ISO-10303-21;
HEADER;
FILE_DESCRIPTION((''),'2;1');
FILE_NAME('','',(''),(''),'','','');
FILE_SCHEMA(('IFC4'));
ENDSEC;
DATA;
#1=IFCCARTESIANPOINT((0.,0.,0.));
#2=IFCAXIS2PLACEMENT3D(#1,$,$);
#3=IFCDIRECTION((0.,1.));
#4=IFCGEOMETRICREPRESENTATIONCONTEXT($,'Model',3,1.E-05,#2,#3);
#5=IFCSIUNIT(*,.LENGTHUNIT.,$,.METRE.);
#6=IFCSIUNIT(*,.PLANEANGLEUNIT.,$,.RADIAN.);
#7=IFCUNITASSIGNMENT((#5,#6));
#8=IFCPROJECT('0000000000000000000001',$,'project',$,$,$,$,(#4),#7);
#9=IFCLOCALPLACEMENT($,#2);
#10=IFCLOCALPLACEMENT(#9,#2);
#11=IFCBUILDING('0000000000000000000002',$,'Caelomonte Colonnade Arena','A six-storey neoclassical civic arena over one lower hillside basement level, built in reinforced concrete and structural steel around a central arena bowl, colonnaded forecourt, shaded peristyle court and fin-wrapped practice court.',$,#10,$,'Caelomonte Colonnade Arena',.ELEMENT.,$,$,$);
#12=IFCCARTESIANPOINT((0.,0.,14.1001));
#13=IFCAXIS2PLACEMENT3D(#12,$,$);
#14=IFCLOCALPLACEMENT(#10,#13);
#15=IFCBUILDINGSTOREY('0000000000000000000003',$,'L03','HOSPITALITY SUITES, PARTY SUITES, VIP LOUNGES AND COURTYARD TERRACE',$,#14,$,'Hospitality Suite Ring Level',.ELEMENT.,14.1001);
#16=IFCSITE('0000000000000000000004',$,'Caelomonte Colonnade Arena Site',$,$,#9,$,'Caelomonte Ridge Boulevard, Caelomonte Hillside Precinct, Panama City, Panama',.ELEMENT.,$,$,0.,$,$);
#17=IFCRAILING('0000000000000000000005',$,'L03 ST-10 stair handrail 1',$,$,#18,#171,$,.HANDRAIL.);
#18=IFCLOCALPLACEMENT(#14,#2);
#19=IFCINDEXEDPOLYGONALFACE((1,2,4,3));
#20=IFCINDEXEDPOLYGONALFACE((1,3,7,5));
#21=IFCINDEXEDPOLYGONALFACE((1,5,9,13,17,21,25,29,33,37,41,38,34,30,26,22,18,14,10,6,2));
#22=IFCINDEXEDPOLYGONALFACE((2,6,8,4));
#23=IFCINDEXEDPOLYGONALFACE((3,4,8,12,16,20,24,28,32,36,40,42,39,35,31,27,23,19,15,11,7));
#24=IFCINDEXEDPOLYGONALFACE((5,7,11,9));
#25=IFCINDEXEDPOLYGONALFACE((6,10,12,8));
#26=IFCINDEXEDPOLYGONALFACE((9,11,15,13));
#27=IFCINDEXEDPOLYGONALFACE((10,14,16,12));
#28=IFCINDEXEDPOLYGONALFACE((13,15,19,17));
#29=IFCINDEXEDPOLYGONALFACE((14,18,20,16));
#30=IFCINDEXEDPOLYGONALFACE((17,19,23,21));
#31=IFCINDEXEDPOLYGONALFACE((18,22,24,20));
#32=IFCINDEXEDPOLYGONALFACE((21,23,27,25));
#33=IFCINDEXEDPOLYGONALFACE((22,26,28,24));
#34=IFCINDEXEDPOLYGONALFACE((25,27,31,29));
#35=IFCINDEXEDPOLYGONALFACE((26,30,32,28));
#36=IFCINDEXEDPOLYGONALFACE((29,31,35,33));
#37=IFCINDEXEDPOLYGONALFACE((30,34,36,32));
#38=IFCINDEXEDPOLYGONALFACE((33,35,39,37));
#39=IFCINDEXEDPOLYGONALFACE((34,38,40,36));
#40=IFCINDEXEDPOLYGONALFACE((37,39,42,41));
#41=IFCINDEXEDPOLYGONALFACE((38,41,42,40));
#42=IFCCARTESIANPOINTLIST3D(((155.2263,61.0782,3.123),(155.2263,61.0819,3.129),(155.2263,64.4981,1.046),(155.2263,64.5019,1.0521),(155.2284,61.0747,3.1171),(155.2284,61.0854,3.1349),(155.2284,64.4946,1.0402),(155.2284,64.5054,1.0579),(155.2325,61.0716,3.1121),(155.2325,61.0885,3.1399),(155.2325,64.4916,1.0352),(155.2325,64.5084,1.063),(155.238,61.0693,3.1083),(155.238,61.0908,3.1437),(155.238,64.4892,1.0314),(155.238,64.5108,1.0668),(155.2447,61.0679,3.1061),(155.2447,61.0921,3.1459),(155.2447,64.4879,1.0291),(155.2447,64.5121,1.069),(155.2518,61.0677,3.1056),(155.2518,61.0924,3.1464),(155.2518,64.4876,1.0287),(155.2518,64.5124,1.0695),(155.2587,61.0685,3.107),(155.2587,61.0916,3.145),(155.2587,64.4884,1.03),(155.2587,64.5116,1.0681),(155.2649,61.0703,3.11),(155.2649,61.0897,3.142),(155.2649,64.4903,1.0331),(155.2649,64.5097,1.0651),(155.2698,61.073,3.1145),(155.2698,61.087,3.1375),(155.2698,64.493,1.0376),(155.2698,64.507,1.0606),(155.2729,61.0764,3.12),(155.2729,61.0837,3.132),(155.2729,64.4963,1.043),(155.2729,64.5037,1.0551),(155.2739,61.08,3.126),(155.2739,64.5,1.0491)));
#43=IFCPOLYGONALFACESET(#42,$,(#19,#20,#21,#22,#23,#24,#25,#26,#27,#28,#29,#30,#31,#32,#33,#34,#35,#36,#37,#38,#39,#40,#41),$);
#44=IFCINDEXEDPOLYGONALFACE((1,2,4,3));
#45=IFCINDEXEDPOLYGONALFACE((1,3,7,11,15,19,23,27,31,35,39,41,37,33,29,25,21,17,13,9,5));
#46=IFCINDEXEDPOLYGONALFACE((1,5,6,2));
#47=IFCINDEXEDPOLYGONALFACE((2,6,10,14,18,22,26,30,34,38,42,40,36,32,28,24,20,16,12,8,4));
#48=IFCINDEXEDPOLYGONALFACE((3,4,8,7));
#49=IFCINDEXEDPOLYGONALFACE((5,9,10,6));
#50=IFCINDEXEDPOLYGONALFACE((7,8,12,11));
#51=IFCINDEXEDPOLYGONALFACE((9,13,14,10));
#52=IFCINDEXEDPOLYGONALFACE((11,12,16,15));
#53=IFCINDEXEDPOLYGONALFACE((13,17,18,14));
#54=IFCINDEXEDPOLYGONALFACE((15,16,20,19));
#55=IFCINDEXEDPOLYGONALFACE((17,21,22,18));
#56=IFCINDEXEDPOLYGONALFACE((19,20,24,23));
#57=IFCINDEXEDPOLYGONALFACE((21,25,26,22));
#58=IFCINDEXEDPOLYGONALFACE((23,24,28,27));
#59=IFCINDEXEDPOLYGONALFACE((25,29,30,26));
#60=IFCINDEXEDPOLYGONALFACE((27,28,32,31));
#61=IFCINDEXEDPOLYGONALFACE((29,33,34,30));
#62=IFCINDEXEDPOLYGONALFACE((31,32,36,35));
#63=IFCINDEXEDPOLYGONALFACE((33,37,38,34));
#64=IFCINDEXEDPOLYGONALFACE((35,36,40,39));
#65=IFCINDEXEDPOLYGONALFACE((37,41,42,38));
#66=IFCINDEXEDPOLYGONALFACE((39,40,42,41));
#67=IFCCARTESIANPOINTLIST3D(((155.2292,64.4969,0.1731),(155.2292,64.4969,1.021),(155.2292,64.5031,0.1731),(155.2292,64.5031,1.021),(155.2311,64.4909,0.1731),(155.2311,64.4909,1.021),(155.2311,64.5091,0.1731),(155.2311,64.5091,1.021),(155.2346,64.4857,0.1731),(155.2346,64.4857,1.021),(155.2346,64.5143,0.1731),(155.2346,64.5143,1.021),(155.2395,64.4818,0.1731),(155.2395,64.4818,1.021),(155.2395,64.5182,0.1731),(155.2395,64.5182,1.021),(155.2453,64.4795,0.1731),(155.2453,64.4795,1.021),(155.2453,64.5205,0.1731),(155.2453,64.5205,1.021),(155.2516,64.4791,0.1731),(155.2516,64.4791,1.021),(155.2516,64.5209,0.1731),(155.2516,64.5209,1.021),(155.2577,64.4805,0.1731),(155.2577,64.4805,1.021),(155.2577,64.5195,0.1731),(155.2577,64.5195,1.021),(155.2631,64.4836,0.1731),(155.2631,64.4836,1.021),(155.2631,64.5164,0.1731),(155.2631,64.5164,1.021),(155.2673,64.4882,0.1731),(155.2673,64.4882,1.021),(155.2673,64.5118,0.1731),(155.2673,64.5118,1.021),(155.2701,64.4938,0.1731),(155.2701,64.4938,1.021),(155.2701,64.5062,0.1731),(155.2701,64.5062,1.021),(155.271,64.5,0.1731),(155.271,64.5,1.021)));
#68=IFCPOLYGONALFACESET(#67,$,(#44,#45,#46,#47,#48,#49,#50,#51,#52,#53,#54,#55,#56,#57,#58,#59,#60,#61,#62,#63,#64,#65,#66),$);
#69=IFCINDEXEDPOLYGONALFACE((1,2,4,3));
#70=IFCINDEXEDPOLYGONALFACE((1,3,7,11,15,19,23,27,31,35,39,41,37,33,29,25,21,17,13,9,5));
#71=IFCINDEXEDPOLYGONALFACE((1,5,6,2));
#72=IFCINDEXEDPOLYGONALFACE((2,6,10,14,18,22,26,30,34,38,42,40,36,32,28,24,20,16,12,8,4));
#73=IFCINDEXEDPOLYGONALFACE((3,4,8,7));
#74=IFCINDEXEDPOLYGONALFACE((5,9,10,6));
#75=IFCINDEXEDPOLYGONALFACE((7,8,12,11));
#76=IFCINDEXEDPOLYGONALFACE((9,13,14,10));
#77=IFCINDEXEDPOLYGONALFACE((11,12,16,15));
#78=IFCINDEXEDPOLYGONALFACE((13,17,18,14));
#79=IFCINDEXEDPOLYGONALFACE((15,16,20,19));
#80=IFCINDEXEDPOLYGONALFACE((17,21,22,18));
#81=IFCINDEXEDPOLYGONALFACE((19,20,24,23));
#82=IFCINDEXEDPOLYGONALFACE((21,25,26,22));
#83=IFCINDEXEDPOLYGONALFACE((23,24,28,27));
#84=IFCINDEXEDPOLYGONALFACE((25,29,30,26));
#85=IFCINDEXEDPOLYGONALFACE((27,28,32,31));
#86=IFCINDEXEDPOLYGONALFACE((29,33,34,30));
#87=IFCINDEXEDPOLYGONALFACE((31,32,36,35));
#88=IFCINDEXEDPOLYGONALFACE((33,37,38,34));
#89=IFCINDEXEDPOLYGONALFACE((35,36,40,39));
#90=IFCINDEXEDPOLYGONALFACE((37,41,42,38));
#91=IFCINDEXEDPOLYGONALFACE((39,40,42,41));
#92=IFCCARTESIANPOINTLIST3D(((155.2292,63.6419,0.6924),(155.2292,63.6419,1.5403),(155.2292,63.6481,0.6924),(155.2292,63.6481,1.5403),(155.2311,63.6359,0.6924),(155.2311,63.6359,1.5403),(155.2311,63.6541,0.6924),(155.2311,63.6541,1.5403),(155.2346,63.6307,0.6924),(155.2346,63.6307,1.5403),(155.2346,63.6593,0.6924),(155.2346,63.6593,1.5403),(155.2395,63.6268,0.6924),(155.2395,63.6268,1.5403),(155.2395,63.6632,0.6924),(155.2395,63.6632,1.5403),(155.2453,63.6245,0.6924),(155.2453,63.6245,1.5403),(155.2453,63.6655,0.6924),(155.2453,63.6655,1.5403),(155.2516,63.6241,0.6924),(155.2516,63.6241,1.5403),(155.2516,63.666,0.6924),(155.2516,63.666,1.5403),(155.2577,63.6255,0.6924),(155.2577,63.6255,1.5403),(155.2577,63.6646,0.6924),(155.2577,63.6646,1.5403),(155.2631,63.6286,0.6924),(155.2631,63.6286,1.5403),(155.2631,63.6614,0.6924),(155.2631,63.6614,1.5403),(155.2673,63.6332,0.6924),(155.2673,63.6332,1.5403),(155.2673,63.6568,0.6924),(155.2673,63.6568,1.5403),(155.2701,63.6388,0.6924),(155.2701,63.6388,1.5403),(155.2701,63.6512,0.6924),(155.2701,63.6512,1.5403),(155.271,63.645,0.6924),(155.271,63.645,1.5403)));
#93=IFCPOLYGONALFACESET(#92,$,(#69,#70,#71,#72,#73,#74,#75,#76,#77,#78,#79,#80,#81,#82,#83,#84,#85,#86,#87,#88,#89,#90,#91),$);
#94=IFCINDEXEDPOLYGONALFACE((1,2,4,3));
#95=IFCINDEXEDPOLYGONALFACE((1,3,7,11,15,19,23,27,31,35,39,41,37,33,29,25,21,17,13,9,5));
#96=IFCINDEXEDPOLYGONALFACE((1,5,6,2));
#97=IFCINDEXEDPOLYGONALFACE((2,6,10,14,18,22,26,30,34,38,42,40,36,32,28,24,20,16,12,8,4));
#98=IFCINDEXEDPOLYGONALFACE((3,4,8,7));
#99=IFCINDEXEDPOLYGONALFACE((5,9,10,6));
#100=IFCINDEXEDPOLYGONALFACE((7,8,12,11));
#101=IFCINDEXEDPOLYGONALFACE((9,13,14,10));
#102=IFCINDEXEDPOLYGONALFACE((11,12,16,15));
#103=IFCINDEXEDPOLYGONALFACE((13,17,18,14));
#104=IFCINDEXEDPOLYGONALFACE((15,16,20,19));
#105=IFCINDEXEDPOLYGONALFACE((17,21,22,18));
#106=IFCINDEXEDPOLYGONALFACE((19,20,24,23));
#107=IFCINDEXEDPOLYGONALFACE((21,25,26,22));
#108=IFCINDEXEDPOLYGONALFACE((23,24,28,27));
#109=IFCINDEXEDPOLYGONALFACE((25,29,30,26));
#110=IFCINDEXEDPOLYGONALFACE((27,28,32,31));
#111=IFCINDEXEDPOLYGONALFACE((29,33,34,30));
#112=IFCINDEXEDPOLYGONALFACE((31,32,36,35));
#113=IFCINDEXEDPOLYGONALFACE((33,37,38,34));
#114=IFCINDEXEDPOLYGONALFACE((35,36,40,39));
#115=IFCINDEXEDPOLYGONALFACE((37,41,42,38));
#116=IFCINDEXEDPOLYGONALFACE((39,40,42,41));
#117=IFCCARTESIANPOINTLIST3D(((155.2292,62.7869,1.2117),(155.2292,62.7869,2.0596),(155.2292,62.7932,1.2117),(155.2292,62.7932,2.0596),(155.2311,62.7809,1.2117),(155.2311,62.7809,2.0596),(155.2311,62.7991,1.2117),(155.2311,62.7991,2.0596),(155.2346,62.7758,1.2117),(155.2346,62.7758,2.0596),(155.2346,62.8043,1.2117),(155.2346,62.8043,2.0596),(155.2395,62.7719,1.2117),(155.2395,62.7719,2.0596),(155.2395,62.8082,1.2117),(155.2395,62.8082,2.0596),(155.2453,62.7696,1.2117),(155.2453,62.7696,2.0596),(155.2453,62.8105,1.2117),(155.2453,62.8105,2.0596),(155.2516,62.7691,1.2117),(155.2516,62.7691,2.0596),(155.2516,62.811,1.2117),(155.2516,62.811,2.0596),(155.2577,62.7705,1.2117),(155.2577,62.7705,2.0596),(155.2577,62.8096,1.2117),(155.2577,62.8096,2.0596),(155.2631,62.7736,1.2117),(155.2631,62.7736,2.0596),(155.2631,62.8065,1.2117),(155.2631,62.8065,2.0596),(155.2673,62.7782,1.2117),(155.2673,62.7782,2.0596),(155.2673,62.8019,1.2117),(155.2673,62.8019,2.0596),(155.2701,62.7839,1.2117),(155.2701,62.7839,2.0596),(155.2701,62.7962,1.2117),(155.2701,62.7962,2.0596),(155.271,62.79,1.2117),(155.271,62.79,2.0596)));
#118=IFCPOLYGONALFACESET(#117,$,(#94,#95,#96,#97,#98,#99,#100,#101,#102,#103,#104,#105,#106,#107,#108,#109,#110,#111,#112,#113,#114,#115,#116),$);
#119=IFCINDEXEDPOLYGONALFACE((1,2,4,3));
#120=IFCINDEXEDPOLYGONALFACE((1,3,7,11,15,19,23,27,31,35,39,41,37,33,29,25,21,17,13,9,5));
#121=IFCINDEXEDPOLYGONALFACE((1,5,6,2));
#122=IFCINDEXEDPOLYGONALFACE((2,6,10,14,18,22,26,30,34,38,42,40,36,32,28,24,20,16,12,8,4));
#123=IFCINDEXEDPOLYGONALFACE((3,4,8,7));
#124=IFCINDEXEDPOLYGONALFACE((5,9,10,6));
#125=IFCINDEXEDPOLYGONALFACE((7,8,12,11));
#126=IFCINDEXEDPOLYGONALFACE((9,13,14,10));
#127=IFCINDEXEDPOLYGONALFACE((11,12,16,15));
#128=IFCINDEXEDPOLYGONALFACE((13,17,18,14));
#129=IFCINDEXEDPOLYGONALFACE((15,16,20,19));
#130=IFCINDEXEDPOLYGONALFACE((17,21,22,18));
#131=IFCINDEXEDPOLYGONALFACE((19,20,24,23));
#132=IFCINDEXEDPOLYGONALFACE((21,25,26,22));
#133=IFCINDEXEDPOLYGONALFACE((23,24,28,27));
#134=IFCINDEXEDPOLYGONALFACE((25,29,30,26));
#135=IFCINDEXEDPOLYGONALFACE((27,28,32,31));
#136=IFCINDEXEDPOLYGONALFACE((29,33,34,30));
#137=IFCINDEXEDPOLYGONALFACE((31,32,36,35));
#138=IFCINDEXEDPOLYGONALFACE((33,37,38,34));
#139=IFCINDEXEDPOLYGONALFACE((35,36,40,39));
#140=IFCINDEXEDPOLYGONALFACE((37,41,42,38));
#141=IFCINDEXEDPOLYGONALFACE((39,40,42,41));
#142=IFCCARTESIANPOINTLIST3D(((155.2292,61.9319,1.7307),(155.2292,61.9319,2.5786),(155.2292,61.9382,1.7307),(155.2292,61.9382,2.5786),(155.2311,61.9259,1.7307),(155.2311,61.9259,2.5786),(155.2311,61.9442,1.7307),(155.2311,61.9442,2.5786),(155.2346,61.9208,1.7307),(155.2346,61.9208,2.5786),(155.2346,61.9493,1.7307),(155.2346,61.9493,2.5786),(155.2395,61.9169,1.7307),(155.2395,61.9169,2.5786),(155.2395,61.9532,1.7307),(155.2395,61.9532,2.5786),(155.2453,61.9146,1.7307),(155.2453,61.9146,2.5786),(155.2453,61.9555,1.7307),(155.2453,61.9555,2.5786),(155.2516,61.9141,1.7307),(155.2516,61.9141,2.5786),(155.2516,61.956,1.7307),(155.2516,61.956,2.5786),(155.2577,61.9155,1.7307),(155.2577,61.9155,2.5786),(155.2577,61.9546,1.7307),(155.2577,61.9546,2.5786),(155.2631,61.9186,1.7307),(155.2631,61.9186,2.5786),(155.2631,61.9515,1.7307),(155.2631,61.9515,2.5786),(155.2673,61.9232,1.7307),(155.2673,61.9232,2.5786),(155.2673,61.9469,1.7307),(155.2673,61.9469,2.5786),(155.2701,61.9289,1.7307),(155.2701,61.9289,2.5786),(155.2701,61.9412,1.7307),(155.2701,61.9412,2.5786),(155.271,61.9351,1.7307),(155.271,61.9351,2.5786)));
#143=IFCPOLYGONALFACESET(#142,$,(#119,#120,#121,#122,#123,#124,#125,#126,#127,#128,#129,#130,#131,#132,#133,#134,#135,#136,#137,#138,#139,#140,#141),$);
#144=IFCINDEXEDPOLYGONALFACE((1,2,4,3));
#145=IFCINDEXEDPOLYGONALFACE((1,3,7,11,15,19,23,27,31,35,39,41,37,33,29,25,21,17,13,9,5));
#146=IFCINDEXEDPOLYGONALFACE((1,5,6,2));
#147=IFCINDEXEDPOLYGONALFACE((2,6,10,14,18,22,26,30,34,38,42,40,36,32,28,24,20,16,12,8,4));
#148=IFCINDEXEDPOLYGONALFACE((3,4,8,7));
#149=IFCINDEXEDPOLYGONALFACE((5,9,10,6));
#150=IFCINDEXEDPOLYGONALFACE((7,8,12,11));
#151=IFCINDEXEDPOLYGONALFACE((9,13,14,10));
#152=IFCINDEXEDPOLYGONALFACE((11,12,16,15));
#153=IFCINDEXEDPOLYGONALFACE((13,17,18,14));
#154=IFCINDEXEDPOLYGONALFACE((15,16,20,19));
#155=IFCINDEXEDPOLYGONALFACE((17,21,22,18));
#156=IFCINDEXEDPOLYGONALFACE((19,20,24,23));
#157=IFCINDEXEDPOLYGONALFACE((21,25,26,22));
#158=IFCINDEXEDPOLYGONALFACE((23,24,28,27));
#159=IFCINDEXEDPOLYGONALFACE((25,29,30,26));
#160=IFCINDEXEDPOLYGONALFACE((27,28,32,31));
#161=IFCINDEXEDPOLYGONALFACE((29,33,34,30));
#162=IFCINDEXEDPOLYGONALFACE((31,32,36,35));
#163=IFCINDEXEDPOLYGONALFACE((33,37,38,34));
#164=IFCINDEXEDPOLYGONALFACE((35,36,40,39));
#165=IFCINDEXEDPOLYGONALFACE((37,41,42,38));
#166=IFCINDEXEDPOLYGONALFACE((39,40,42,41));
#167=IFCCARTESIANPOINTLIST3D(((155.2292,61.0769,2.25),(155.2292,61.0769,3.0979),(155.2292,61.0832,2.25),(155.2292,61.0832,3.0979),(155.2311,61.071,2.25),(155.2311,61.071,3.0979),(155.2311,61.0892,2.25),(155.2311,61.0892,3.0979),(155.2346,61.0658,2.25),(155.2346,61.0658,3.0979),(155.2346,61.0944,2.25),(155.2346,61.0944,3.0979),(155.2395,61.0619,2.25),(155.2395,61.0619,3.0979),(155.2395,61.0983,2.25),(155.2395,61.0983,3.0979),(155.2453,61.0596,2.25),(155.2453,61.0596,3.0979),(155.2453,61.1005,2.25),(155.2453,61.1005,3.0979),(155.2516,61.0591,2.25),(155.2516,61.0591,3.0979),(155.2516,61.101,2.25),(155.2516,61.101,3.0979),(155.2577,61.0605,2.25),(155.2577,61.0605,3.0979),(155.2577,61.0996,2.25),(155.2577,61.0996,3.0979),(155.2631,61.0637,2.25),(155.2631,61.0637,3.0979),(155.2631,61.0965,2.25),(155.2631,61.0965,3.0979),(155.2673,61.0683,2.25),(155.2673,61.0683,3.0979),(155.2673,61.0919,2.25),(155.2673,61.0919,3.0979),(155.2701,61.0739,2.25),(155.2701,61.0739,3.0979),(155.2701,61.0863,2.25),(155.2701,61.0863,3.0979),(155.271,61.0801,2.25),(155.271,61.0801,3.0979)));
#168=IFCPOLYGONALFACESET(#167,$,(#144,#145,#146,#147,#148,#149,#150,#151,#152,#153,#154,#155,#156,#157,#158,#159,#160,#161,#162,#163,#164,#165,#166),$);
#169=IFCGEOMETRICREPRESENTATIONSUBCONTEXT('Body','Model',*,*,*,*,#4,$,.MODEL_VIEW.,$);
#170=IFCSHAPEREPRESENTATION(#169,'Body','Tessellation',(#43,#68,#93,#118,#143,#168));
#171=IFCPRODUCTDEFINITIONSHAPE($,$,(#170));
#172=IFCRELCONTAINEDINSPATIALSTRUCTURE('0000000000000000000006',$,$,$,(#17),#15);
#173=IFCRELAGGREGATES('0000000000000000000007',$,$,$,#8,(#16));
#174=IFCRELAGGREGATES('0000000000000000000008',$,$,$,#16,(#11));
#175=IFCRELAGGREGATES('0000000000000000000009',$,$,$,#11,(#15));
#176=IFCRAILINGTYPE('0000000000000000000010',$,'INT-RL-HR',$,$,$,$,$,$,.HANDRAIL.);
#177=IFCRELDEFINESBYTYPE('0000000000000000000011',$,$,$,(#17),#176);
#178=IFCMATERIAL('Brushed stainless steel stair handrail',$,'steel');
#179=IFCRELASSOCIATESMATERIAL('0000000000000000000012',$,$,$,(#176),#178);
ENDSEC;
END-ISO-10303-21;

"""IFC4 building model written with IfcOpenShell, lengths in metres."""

from ifc_helpers import new_model, si_unit, direction, frame, origin, origin_2d, place, context, subcontext, project, spatial, circle, extrude, material, type_object, element, save


model = new_model("IFC4")

# Units and contexts
model_context = context("Model", 3, precision=1e-05, world=origin(), true_north=direction((0.0, 1.0)))
body_context = subcontext(model_context, "Body", "Model", "MODEL_VIEW")
ifc_project = project(units=[si_unit("LENGTHUNIT", "METRE"), si_unit("PLANEANGLEUNIT", "RADIAN")], contexts=[model_context])

# Site, building, storey
site_placement = place(None, origin())
site = spatial("IfcSite", under=ifc_project, at=site_placement, Name="Caelomonte Colonnade Arena Site", LongName="Caelomonte Ridge Boulevard, Caelomonte Hillside Precinct, Panama City, Panama", CompositionType="ELEMENT", RefElevation=0.0)
building_placement = place(site_placement, origin())
building = spatial("IfcBuilding", under=site, at=building_placement, Name="Caelomonte Colonnade Arena", Description="A six-storey neoclassical civic arena over one lower hillside basement level, built in reinforced concrete and structural steel around a central arena bowl, colonnaded forecourt, shaded peristyle court and fin-wrapped practice court.", LongName="Caelomonte Colonnade Arena", CompositionType="ELEMENT")
storey_placement = place(building_placement, frame((0.0, 0.0, 14.1001)))
storey = spatial("IfcBuildingStorey", under=building, at=storey_placement, Name="L03", Description="HOSPITALITY SUITES, PARTY SUITES, VIP LOUNGES AND COURTYARD TERRACE", LongName="Hospitality Suite Ring Level", CompositionType="ELEMENT", Elevation=14.1001)

# Railing
ifc_material_1 = material(Name="Brushed stainless steel stair handrail", Category="steel")
railing_type_1 = type_object("IfcRailingType", Name="INT-RL-HR", PredefinedType="HANDRAIL", material=ifc_material_1)
railing_1_placement = place(storey_placement, frame((155.25, 64.5, 0.1731)))
element("IfcRailing", 1, at=railing_1_placement, inside=storey, type_object=railing_type_1, Name="L03 ST-10 stair handrail 1", PredefinedType="HANDRAIL", context=body_context, shape_type="SweptSolid", body=[
    extrude(circle(Radius=0.0239, at=origin_2d()), frame((0.0, 0.0, 0.876), z_axis=(0.0, -0.85473, 0.519074), x_axis=(1.0, 0.0, 0.0)), (0.0, 0.0, 1.0), 4.0012),
    extrude(circle(Radius=0.021, at=origin_2d()), origin(), (0.0, 0.0, 1.0), 0.8479),
    extrude(circle(Radius=0.021, at=origin_2d()), frame((0.0, -0.855, 0.5193)), (0.0, 0.0, 1.0), 0.8479),
    extrude(circle(Radius=0.021, at=origin_2d()), frame((0.0, -1.71, 1.0386)), (0.0, 0.0, 1.0), 0.8479),
    extrude(circle(Radius=0.021, at=origin_2d()), frame((0.0, -2.5649, 1.5576)), (0.0, 0.0, 1.0), 0.8479),
    extrude(circle(Radius=0.021, at=origin_2d()), frame((0.0, -3.4199, 2.0769)), (0.0, 0.0, 1.0), 0.8479),
])

save(model, "model.ifc")
